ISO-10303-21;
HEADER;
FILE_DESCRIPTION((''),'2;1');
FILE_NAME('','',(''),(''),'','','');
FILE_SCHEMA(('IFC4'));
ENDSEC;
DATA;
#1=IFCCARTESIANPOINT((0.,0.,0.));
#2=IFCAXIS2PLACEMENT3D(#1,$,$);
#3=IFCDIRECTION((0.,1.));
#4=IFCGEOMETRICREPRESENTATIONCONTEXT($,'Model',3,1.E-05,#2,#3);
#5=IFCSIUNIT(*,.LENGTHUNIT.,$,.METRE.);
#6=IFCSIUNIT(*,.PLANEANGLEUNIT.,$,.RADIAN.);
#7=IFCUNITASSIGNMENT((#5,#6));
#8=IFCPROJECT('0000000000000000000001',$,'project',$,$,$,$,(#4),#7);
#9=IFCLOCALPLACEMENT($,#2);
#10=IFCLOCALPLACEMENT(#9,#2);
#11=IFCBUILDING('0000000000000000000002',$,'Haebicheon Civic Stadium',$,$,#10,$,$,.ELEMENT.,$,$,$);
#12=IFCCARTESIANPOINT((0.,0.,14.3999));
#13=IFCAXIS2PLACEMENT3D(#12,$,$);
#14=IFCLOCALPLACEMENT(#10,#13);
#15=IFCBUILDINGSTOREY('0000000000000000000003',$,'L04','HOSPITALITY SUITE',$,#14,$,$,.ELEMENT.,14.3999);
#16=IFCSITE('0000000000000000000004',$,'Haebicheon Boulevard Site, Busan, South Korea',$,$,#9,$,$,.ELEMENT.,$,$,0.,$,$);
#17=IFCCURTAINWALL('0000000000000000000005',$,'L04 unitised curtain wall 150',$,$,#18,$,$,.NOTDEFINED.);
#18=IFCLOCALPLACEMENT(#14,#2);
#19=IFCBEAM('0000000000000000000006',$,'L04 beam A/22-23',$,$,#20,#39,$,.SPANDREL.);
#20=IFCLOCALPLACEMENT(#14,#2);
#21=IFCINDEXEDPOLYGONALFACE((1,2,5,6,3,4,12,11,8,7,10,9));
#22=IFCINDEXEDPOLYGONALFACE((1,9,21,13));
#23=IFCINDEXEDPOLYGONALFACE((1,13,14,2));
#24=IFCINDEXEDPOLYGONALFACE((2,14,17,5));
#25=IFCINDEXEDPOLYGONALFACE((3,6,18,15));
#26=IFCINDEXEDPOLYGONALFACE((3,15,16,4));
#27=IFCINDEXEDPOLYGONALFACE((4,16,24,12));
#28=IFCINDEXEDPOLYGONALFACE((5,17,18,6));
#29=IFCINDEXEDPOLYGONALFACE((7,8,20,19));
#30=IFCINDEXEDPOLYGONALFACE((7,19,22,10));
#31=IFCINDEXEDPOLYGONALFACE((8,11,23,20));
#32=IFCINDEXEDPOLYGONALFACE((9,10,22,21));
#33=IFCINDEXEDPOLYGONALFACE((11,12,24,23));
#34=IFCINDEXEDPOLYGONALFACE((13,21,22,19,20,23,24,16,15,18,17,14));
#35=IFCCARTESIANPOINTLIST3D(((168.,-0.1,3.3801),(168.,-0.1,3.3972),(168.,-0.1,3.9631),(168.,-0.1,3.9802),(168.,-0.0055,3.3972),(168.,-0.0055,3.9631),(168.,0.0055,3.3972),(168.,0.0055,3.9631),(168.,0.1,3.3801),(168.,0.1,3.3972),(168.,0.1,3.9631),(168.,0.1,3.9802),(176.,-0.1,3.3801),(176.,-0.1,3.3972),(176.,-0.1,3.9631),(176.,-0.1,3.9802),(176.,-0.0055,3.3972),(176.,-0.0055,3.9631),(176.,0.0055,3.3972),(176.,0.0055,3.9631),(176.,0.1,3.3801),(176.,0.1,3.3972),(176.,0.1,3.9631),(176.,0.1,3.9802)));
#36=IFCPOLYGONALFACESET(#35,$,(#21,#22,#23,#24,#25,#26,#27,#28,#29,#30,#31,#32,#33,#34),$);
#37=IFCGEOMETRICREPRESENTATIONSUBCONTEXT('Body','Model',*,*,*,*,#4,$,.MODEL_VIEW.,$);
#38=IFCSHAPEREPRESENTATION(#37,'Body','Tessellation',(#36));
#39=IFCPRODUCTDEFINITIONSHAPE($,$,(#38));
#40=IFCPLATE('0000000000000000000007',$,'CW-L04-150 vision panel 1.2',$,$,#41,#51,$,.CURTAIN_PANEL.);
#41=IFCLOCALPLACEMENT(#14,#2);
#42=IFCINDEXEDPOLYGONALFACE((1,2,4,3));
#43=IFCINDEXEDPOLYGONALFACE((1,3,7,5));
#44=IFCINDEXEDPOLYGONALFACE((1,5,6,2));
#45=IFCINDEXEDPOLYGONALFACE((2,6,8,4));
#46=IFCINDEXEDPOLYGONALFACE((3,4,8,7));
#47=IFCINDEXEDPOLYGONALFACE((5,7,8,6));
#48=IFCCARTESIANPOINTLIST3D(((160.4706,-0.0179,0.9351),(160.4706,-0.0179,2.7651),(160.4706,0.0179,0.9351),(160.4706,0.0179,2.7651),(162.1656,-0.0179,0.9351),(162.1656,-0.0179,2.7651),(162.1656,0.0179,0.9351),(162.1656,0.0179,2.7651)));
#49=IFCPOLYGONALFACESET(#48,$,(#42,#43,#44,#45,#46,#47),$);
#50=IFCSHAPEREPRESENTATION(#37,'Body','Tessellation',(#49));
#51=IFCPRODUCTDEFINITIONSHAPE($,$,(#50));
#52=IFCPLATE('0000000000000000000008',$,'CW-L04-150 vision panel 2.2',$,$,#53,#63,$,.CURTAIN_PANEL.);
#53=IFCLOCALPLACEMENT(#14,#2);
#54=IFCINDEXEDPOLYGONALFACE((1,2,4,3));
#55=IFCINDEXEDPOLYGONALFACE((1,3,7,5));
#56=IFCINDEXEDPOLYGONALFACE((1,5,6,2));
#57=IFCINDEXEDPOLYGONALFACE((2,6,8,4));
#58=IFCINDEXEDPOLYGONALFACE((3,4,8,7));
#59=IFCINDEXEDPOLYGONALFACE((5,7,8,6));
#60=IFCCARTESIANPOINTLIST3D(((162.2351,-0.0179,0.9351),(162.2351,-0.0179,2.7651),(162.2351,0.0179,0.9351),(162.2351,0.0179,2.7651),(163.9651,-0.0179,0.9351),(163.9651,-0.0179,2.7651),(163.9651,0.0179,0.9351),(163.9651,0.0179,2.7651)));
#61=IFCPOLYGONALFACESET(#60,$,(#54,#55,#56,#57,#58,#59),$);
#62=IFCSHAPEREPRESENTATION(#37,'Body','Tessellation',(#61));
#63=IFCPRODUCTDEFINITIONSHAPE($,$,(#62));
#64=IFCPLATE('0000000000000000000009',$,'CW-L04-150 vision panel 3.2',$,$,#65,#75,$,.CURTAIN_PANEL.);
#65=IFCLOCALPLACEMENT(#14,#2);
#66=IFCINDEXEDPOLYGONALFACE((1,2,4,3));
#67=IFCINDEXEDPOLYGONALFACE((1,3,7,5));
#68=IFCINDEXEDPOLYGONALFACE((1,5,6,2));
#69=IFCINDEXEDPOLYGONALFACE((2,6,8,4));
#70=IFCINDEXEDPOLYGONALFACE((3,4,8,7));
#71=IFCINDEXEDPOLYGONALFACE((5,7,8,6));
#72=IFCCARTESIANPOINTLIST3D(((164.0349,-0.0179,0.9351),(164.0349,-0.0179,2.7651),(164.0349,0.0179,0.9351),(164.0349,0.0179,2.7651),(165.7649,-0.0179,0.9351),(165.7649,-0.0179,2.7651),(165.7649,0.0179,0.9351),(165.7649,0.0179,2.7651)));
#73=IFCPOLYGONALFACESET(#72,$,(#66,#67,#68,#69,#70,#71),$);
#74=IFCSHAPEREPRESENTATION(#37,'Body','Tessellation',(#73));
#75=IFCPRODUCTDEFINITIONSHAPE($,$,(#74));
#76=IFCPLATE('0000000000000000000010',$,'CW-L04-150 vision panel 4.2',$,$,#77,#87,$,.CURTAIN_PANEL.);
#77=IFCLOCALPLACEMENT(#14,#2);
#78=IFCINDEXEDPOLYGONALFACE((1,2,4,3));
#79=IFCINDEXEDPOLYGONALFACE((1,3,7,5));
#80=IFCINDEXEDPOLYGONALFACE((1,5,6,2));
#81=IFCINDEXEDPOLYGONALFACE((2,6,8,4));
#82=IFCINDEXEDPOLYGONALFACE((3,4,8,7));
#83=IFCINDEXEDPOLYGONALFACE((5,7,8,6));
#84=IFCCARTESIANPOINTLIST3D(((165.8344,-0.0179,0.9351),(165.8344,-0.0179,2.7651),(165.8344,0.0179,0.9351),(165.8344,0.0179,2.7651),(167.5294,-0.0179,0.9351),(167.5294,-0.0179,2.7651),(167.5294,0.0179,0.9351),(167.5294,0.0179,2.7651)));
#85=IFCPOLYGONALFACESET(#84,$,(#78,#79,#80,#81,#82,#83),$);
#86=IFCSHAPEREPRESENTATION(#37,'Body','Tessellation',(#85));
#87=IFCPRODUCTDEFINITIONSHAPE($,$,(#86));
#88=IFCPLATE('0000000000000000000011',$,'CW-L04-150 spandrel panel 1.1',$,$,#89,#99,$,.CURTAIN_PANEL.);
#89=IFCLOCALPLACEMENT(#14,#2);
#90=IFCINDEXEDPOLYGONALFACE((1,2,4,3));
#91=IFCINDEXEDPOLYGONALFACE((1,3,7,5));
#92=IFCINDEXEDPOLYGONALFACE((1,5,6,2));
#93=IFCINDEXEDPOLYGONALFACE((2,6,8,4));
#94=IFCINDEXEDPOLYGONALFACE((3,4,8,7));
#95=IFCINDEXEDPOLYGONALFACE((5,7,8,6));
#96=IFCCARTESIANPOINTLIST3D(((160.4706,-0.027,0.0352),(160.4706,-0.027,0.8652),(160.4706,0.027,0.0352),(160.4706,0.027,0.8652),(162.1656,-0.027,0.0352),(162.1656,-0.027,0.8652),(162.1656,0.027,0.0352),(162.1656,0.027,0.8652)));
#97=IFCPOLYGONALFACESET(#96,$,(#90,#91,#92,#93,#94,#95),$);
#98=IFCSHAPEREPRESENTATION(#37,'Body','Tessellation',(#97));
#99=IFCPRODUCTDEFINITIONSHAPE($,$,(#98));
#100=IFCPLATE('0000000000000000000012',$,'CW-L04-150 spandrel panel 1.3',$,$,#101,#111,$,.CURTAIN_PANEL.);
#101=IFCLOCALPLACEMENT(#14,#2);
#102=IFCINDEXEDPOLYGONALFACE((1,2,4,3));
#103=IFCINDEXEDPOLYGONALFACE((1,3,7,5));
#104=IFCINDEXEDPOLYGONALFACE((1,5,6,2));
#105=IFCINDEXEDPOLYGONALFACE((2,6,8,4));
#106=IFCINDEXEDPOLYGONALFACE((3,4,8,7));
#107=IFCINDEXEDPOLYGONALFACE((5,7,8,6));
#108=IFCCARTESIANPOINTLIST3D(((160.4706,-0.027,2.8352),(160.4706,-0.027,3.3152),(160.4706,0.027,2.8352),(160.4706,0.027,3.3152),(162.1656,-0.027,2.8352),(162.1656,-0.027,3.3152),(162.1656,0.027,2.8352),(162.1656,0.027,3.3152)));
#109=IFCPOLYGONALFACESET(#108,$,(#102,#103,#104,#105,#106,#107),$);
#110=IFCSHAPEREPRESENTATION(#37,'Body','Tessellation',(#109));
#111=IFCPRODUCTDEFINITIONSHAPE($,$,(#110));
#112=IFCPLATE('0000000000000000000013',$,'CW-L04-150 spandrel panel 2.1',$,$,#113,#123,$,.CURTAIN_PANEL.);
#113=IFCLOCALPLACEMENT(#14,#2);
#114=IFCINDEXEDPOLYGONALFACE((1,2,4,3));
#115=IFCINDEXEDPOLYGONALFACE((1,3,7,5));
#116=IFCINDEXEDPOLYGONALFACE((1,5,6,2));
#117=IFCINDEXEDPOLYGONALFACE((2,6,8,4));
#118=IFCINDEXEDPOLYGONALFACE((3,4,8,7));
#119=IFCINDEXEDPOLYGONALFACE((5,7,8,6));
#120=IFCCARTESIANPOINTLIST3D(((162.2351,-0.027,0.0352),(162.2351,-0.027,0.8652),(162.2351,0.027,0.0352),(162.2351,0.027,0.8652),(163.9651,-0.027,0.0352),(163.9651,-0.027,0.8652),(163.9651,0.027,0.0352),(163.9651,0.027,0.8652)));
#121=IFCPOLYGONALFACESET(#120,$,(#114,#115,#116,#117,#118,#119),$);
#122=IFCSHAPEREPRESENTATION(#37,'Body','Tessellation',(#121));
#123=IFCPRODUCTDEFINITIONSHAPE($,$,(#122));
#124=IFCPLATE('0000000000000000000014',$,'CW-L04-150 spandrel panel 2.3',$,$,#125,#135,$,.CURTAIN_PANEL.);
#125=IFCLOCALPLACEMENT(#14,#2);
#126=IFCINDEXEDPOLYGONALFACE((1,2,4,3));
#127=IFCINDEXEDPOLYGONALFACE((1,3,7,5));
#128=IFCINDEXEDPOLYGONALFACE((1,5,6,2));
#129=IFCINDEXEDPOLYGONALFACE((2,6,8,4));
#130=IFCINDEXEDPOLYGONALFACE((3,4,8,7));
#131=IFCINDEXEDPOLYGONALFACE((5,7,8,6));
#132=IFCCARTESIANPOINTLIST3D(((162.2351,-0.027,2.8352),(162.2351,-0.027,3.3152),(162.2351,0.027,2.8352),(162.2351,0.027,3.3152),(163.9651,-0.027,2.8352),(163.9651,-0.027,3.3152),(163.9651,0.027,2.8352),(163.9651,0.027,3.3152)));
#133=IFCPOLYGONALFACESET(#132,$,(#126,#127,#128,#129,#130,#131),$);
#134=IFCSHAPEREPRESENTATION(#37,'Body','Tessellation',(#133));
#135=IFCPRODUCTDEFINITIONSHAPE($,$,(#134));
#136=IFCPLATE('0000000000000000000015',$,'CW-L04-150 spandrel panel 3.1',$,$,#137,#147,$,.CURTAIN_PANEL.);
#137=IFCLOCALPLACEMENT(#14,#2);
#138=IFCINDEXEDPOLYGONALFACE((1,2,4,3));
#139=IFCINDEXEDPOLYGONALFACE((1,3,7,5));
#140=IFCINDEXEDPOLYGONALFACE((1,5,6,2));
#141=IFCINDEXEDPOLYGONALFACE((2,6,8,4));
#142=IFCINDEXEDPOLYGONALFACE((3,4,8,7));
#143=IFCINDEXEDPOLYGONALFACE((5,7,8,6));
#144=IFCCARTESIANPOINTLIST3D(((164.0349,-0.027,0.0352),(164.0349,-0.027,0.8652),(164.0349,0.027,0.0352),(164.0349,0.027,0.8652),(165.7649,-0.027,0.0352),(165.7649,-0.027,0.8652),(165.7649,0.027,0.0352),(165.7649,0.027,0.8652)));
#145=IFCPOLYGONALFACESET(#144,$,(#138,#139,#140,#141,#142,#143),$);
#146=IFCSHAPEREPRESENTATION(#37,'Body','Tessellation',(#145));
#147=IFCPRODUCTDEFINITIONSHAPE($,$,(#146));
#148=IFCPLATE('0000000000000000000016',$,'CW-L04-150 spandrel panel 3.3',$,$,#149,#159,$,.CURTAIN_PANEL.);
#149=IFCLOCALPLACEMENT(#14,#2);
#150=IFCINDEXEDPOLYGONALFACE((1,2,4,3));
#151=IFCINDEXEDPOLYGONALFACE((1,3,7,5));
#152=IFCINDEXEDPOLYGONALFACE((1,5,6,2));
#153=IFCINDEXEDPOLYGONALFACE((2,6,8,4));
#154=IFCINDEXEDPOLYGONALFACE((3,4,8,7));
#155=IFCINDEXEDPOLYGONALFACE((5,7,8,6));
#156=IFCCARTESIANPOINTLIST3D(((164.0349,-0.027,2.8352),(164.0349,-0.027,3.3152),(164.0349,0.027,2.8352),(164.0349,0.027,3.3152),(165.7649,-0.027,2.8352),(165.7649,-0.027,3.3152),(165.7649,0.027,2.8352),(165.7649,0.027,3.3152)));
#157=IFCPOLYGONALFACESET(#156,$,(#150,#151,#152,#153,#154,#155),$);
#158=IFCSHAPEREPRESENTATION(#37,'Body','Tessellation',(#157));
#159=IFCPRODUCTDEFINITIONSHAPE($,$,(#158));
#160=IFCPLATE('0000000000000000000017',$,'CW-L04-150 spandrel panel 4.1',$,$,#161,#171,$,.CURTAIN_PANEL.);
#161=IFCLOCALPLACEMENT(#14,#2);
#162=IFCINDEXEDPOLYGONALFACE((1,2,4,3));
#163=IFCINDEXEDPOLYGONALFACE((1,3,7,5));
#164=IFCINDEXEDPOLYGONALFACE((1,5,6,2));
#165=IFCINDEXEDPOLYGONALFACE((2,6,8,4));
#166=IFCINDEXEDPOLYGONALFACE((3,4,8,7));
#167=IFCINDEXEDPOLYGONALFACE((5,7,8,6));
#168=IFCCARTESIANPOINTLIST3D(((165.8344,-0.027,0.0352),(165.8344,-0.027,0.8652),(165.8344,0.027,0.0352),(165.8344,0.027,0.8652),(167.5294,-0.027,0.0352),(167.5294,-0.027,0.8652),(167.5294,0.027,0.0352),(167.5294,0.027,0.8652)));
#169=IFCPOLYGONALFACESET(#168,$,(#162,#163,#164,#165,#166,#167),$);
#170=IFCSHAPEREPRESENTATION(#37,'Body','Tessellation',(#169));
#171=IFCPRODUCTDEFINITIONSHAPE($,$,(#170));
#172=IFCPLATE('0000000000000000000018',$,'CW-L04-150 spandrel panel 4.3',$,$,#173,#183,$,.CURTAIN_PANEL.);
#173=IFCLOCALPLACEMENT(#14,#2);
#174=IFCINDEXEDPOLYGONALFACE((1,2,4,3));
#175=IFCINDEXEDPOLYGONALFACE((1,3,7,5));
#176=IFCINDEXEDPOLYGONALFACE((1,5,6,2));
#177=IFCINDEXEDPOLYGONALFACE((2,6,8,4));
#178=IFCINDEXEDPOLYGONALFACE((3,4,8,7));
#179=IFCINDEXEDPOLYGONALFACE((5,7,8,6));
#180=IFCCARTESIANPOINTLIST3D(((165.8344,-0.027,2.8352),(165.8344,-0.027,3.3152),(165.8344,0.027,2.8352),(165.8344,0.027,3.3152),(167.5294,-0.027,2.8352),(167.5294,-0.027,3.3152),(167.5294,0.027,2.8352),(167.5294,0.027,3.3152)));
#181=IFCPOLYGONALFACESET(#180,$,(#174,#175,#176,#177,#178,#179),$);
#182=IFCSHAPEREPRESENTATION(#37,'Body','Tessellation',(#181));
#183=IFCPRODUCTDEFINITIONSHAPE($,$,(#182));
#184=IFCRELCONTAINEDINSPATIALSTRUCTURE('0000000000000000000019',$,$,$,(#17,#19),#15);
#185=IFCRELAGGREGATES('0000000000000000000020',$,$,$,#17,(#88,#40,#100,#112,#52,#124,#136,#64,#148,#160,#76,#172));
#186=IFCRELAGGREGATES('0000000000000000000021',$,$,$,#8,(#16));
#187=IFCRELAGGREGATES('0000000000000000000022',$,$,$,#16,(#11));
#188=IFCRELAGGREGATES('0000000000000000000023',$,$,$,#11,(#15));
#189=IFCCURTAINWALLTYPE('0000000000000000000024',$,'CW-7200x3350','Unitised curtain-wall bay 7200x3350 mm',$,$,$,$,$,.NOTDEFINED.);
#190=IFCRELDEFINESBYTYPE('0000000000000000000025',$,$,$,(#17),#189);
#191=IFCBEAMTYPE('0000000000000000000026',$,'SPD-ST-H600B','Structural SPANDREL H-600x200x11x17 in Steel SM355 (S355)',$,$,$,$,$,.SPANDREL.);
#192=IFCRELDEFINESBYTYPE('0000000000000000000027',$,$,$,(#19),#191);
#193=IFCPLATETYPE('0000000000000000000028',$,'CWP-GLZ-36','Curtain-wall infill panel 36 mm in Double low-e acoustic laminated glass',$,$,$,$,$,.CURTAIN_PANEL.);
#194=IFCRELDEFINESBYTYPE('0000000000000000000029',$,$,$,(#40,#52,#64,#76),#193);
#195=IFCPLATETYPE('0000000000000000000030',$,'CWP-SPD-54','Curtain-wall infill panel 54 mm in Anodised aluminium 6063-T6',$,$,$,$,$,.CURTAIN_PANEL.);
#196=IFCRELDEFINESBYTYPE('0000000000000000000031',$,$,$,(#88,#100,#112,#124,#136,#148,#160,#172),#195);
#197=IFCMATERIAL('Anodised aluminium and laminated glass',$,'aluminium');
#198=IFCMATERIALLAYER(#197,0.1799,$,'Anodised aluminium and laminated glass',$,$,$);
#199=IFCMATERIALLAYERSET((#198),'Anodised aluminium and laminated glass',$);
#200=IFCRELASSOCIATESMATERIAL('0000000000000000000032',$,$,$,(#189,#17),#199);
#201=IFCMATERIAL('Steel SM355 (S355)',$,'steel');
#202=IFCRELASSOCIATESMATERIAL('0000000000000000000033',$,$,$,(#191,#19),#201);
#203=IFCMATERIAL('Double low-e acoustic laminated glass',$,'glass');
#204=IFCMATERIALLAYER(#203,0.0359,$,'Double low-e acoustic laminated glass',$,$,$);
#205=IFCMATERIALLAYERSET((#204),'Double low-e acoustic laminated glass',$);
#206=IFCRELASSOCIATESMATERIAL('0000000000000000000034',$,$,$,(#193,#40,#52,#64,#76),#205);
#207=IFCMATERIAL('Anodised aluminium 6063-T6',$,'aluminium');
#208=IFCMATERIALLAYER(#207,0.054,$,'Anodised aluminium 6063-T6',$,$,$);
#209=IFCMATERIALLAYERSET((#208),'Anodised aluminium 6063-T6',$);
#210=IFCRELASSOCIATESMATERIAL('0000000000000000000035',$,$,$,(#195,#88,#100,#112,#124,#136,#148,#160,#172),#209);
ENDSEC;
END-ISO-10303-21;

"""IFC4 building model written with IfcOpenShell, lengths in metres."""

from ifc_helpers import new_model, si_unit, direction, frame, origin, origin_2d, place, context, subcontext, project, spatial, rectangle, i_section, extrude, material, layer, layer_set, material_profile, profile_set, type_object, element, aggregate, save


model = new_model("IFC4")

# Units and contexts
model_context = context("Model", 3, precision=1e-05, world=origin(), true_north=direction((0.0, 1.0)))
body_context = subcontext(model_context, "Body", "Model", "MODEL_VIEW")
ifc_project = project(units=[si_unit("LENGTHUNIT", "METRE"), si_unit("PLANEANGLEUNIT", "RADIAN")], contexts=[model_context])

# Site, building, storey
site_placement = place(None, origin())
site = spatial("IfcSite", under=ifc_project, at=site_placement, Name="Haebicheon Boulevard Site, Busan, South Korea", CompositionType="ELEMENT", RefElevation=0.0)
building_placement = place(site_placement, origin())
building = spatial("IfcBuilding", under=site, at=building_placement, Name="Haebicheon Civic Stadium", CompositionType="ELEMENT")
storey_placement = place(building_placement, frame((0.0, 0.0, 14.3999)))
storey = spatial("IfcBuildingStorey", under=building, at=storey_placement, Name="L04", Description="HOSPITALITY SUITE", CompositionType="ELEMENT", Elevation=14.3999)

# Curtain wall
ifc_material_1 = material(Name="Anodised aluminium and laminated glass", Category="aluminium")
ifc_layer_1 = layer(ifc_material_1, 0.1799, Name="Anodised aluminium and laminated glass")
ifc_layer_set_1 = layer_set([ifc_layer_1], Name="Anodised aluminium and laminated glass")
curtain_wall_type = type_object("IfcCurtainWallType", Name="CW-7200x3350", Description="Unitised curtain-wall bay 7200x3350 mm", PredefinedType="NOTDEFINED", material=ifc_layer_set_1)
curtain_wall_1_placement = place(storey_placement, origin())
curtain_wall_1 = element("IfcCurtainWall", 1, at=curtain_wall_1_placement, inside=storey, type_object=curtain_wall_type, material=ifc_layer_set_1, Name="L04 unitised curtain wall 150", PredefinedType="NOTDEFINED")

# Beam
ifc_material_2 = material(Name="Steel SM355 (S355)", Category="steel")
ifc_material_profile_1 = material_profile(ifc_material_2, i_section(OverallWidth=0.2, OverallDepth=0.6001, WebThickness=0.011, FlangeThickness=0.0171, at=origin_2d()), Name="H-600x200x11x17")
ifc_profile_set_1 = profile_set([ifc_material_profile_1], Name="Steel SM355 (S355)")
beam_type_1 = type_object("IfcBeamType", Name="SPD-ST-H600B", Description="Structural SPANDREL H-600x200x11x17 in Steel SM355 (S355)", PredefinedType="SPANDREL", material=ifc_profile_set_1)
beam_1_placement = place(storey_placement, frame((168.0, 0.0, 3.6802), z_axis=(1.0, 0.0, 0.0), x_axis=(0.0, 1.0, 0.0)))
element("IfcBeam", 2, at=beam_1_placement, inside=storey, type_object=beam_type_1, material=ifc_profile_set_1, Name="L04 beam A/22-23", PredefinedType="SPANDREL", context=body_context, shape_type="SweptSolid", body=[
    extrude(i_section(OverallWidth=0.2, OverallDepth=0.6001, WebThickness=0.011, FlangeThickness=0.0171, at=origin_2d()), origin(), (0.0, 0.0, 1.0), 8.0),
])

# Plates
ifc_material_3 = material(Name="Double low-e acoustic laminated glass", Category="glass")
ifc_layer_2 = layer(ifc_material_3, 0.0359, Name="Double low-e acoustic laminated glass")
ifc_layer_set_2 = layer_set([ifc_layer_2], Name="Double low-e acoustic laminated glass")
plate_type_1 = type_object("IfcPlateType", Name="CWP-GLZ-36", Description="Curtain-wall infill panel 36 mm in Double low-e acoustic laminated glass", PredefinedType="CURTAIN_PANEL", material=ifc_layer_set_2)
plate_1_placement = place(storey_placement, frame((161.3181, 0.0, 0.9351), z_axis=(0.0, 0.0, 1.0), x_axis=(1.0, 0.0, 0.0)))
plate_1 = element("IfcPlate", 3, at=plate_1_placement, type_object=plate_type_1, material=ifc_layer_set_2, Name="CW-L04-150 vision panel 1.2", PredefinedType="CURTAIN_PANEL", context=body_context, shape_type="SweptSolid", body=[
    extrude(rectangle(XDim=1.6951, YDim=0.0359, at=origin_2d()), origin(), (0.0, 0.0, 1.0), 1.8301),
])
plate_2_placement = place(storey_placement, frame((163.1001, 0.0, 0.9351), z_axis=(0.0, 0.0, 1.0), x_axis=(1.0, 0.0, 0.0)))
plate_2 = element("IfcPlate", 4, at=plate_2_placement, type_object=plate_type_1, material=ifc_layer_set_2, Name="CW-L04-150 vision panel 2.2", PredefinedType="CURTAIN_PANEL", context=body_context, shape_type="SweptSolid", body=[
    extrude(rectangle(XDim=1.73, YDim=0.0359, at=origin_2d()), origin(), (0.0, 0.0, 1.0), 1.8301),
])
plate_3_placement = place(storey_placement, frame((164.8999, 0.0, 0.9351), z_axis=(0.0, 0.0, 1.0), x_axis=(1.0, 0.0, 0.0)))
plate_3 = element("IfcPlate", 5, at=plate_3_placement, type_object=plate_type_1, material=ifc_layer_set_2, Name="CW-L04-150 vision panel 3.2", PredefinedType="CURTAIN_PANEL", context=body_context, shape_type="SweptSolid", body=[
    extrude(rectangle(XDim=1.73, YDim=0.0359, at=origin_2d()), origin(), (0.0, 0.0, 1.0), 1.8301),
])
plate_4_placement = place(storey_placement, frame((166.6819, 0.0, 0.9351), z_axis=(0.0, 0.0, 1.0), x_axis=(1.0, 0.0, 0.0)))
plate_4 = element("IfcPlate", 6, at=plate_4_placement, type_object=plate_type_1, material=ifc_layer_set_2, Name="CW-L04-150 vision panel 4.2", PredefinedType="CURTAIN_PANEL", context=body_context, shape_type="SweptSolid", body=[
    extrude(rectangle(XDim=1.6951, YDim=0.0359, at=origin_2d()), origin(), (0.0, 0.0, 1.0), 1.8301),
])
ifc_material_4 = material(Name="Anodised aluminium 6063-T6", Category="aluminium")
ifc_layer_3 = layer(ifc_material_4, 0.054, Name="Anodised aluminium 6063-T6")
ifc_layer_set_3 = layer_set([ifc_layer_3], Name="Anodised aluminium 6063-T6")
plate_type_2 = type_object("IfcPlateType", Name="CWP-SPD-54", Description="Curtain-wall infill panel 54 mm in Anodised aluminium 6063-T6", PredefinedType="CURTAIN_PANEL", material=ifc_layer_set_3)
plate_5_placement = place(storey_placement, frame((161.3181, 0.0, 0.0352), z_axis=(0.0, 0.0, 1.0), x_axis=(1.0, 0.0, 0.0)))
plate_5 = element("IfcPlate", 7, at=plate_5_placement, type_object=plate_type_2, material=ifc_layer_set_3, Name="CW-L04-150 spandrel panel 1.1", PredefinedType="CURTAIN_PANEL", context=body_context, shape_type="SweptSolid", body=[
    extrude(rectangle(XDim=1.6951, YDim=0.054, at=origin_2d()), origin(), (0.0, 0.0, 1.0), 0.8301),
])
plate_6_placement = place(storey_placement, frame((161.3181, 0.0, 2.8352), z_axis=(0.0, 0.0, 1.0), x_axis=(1.0, 0.0, 0.0)))
plate_6 = element("IfcPlate", 8, at=plate_6_placement, type_object=plate_type_2, material=ifc_layer_set_3, Name="CW-L04-150 spandrel panel 1.3", PredefinedType="CURTAIN_PANEL", context=body_context, shape_type="SweptSolid", body=[
    extrude(rectangle(XDim=1.6951, YDim=0.054, at=origin_2d()), origin(), (0.0, 0.0, 1.0), 0.48),
])
plate_7_placement = place(storey_placement, frame((163.1001, 0.0, 0.0352), z_axis=(0.0, 0.0, 1.0), x_axis=(1.0, 0.0, 0.0)))
plate_7 = element("IfcPlate", 9, at=plate_7_placement, type_object=plate_type_2, material=ifc_layer_set_3, Name="CW-L04-150 spandrel panel 2.1", PredefinedType="CURTAIN_PANEL", context=body_context, shape_type="SweptSolid", body=[
    extrude(rectangle(XDim=1.73, YDim=0.054, at=origin_2d()), origin(), (0.0, 0.0, 1.0), 0.8301),
])
plate_8_placement = place(storey_placement, frame((163.1001, 0.0, 2.8352), z_axis=(0.0, 0.0, 1.0), x_axis=(1.0, 0.0, 0.0)))
plate_8 = element("IfcPlate", 10, at=plate_8_placement, type_object=plate_type_2, material=ifc_layer_set_3, Name="CW-L04-150 spandrel panel 2.3", PredefinedType="CURTAIN_PANEL", context=body_context, shape_type="SweptSolid", body=[
    extrude(rectangle(XDim=1.73, YDim=0.054, at=origin_2d()), origin(), (0.0, 0.0, 1.0), 0.48),
])
plate_9_placement = place(storey_placement, frame((164.8999, 0.0, 0.0352), z_axis=(0.0, 0.0, 1.0), x_axis=(1.0, 0.0, 0.0)))
plate_9 = element("IfcPlate", 11, at=plate_9_placement, type_object=plate_type_2, material=ifc_layer_set_3, Name="CW-L04-150 spandrel panel 3.1", PredefinedType="CURTAIN_PANEL", context=body_context, shape_type="SweptSolid", body=[
    extrude(rectangle(XDim=1.73, YDim=0.054, at=origin_2d()), origin(), (0.0, 0.0, 1.0), 0.8301),
])
plate_10_placement = place(storey_placement, frame((164.8999, 0.0, 2.8352), z_axis=(0.0, 0.0, 1.0), x_axis=(1.0, 0.0, 0.0)))
plate_10 = element("IfcPlate", 12, at=plate_10_placement, type_object=plate_type_2, material=ifc_layer_set_3, Name="CW-L04-150 spandrel panel 3.3", PredefinedType="CURTAIN_PANEL", context=body_context, shape_type="SweptSolid", body=[
    extrude(rectangle(XDim=1.73, YDim=0.054, at=origin_2d()), origin(), (0.0, 0.0, 1.0), 0.48),
])
plate_11_placement = place(storey_placement, frame((166.6819, 0.0, 0.0352), z_axis=(0.0, 0.0, 1.0), x_axis=(1.0, 0.0, 0.0)))
plate_11 = element("IfcPlate", 13, at=plate_11_placement, type_object=plate_type_2, material=ifc_layer_set_3, Name="CW-L04-150 spandrel panel 4.1", PredefinedType="CURTAIN_PANEL", context=body_context, shape_type="SweptSolid", body=[
    extrude(rectangle(XDim=1.6951, YDim=0.054, at=origin_2d()), origin(), (0.0, 0.0, 1.0), 0.8301),
])
plate_12_placement = place(storey_placement, frame((166.6819, 0.0, 2.8352), z_axis=(0.0, 0.0, 1.0), x_axis=(1.0, 0.0, 0.0)))
plate_12 = element("IfcPlate", 14, at=plate_12_placement, type_object=plate_type_2, material=ifc_layer_set_3, Name="CW-L04-150 spandrel panel 4.3", PredefinedType="CURTAIN_PANEL", context=body_context, shape_type="SweptSolid", body=[
    extrude(rectangle(XDim=1.6951, YDim=0.054, at=origin_2d()), origin(), (0.0, 0.0, 1.0), 0.48),
])
aggregate(curtain_wall_1, [plate_5, plate_1, plate_6, plate_7, plate_2, plate_8, plate_9, plate_3, plate_10, plate_11, plate_4, plate_12])

save(model, "model.ifc")
